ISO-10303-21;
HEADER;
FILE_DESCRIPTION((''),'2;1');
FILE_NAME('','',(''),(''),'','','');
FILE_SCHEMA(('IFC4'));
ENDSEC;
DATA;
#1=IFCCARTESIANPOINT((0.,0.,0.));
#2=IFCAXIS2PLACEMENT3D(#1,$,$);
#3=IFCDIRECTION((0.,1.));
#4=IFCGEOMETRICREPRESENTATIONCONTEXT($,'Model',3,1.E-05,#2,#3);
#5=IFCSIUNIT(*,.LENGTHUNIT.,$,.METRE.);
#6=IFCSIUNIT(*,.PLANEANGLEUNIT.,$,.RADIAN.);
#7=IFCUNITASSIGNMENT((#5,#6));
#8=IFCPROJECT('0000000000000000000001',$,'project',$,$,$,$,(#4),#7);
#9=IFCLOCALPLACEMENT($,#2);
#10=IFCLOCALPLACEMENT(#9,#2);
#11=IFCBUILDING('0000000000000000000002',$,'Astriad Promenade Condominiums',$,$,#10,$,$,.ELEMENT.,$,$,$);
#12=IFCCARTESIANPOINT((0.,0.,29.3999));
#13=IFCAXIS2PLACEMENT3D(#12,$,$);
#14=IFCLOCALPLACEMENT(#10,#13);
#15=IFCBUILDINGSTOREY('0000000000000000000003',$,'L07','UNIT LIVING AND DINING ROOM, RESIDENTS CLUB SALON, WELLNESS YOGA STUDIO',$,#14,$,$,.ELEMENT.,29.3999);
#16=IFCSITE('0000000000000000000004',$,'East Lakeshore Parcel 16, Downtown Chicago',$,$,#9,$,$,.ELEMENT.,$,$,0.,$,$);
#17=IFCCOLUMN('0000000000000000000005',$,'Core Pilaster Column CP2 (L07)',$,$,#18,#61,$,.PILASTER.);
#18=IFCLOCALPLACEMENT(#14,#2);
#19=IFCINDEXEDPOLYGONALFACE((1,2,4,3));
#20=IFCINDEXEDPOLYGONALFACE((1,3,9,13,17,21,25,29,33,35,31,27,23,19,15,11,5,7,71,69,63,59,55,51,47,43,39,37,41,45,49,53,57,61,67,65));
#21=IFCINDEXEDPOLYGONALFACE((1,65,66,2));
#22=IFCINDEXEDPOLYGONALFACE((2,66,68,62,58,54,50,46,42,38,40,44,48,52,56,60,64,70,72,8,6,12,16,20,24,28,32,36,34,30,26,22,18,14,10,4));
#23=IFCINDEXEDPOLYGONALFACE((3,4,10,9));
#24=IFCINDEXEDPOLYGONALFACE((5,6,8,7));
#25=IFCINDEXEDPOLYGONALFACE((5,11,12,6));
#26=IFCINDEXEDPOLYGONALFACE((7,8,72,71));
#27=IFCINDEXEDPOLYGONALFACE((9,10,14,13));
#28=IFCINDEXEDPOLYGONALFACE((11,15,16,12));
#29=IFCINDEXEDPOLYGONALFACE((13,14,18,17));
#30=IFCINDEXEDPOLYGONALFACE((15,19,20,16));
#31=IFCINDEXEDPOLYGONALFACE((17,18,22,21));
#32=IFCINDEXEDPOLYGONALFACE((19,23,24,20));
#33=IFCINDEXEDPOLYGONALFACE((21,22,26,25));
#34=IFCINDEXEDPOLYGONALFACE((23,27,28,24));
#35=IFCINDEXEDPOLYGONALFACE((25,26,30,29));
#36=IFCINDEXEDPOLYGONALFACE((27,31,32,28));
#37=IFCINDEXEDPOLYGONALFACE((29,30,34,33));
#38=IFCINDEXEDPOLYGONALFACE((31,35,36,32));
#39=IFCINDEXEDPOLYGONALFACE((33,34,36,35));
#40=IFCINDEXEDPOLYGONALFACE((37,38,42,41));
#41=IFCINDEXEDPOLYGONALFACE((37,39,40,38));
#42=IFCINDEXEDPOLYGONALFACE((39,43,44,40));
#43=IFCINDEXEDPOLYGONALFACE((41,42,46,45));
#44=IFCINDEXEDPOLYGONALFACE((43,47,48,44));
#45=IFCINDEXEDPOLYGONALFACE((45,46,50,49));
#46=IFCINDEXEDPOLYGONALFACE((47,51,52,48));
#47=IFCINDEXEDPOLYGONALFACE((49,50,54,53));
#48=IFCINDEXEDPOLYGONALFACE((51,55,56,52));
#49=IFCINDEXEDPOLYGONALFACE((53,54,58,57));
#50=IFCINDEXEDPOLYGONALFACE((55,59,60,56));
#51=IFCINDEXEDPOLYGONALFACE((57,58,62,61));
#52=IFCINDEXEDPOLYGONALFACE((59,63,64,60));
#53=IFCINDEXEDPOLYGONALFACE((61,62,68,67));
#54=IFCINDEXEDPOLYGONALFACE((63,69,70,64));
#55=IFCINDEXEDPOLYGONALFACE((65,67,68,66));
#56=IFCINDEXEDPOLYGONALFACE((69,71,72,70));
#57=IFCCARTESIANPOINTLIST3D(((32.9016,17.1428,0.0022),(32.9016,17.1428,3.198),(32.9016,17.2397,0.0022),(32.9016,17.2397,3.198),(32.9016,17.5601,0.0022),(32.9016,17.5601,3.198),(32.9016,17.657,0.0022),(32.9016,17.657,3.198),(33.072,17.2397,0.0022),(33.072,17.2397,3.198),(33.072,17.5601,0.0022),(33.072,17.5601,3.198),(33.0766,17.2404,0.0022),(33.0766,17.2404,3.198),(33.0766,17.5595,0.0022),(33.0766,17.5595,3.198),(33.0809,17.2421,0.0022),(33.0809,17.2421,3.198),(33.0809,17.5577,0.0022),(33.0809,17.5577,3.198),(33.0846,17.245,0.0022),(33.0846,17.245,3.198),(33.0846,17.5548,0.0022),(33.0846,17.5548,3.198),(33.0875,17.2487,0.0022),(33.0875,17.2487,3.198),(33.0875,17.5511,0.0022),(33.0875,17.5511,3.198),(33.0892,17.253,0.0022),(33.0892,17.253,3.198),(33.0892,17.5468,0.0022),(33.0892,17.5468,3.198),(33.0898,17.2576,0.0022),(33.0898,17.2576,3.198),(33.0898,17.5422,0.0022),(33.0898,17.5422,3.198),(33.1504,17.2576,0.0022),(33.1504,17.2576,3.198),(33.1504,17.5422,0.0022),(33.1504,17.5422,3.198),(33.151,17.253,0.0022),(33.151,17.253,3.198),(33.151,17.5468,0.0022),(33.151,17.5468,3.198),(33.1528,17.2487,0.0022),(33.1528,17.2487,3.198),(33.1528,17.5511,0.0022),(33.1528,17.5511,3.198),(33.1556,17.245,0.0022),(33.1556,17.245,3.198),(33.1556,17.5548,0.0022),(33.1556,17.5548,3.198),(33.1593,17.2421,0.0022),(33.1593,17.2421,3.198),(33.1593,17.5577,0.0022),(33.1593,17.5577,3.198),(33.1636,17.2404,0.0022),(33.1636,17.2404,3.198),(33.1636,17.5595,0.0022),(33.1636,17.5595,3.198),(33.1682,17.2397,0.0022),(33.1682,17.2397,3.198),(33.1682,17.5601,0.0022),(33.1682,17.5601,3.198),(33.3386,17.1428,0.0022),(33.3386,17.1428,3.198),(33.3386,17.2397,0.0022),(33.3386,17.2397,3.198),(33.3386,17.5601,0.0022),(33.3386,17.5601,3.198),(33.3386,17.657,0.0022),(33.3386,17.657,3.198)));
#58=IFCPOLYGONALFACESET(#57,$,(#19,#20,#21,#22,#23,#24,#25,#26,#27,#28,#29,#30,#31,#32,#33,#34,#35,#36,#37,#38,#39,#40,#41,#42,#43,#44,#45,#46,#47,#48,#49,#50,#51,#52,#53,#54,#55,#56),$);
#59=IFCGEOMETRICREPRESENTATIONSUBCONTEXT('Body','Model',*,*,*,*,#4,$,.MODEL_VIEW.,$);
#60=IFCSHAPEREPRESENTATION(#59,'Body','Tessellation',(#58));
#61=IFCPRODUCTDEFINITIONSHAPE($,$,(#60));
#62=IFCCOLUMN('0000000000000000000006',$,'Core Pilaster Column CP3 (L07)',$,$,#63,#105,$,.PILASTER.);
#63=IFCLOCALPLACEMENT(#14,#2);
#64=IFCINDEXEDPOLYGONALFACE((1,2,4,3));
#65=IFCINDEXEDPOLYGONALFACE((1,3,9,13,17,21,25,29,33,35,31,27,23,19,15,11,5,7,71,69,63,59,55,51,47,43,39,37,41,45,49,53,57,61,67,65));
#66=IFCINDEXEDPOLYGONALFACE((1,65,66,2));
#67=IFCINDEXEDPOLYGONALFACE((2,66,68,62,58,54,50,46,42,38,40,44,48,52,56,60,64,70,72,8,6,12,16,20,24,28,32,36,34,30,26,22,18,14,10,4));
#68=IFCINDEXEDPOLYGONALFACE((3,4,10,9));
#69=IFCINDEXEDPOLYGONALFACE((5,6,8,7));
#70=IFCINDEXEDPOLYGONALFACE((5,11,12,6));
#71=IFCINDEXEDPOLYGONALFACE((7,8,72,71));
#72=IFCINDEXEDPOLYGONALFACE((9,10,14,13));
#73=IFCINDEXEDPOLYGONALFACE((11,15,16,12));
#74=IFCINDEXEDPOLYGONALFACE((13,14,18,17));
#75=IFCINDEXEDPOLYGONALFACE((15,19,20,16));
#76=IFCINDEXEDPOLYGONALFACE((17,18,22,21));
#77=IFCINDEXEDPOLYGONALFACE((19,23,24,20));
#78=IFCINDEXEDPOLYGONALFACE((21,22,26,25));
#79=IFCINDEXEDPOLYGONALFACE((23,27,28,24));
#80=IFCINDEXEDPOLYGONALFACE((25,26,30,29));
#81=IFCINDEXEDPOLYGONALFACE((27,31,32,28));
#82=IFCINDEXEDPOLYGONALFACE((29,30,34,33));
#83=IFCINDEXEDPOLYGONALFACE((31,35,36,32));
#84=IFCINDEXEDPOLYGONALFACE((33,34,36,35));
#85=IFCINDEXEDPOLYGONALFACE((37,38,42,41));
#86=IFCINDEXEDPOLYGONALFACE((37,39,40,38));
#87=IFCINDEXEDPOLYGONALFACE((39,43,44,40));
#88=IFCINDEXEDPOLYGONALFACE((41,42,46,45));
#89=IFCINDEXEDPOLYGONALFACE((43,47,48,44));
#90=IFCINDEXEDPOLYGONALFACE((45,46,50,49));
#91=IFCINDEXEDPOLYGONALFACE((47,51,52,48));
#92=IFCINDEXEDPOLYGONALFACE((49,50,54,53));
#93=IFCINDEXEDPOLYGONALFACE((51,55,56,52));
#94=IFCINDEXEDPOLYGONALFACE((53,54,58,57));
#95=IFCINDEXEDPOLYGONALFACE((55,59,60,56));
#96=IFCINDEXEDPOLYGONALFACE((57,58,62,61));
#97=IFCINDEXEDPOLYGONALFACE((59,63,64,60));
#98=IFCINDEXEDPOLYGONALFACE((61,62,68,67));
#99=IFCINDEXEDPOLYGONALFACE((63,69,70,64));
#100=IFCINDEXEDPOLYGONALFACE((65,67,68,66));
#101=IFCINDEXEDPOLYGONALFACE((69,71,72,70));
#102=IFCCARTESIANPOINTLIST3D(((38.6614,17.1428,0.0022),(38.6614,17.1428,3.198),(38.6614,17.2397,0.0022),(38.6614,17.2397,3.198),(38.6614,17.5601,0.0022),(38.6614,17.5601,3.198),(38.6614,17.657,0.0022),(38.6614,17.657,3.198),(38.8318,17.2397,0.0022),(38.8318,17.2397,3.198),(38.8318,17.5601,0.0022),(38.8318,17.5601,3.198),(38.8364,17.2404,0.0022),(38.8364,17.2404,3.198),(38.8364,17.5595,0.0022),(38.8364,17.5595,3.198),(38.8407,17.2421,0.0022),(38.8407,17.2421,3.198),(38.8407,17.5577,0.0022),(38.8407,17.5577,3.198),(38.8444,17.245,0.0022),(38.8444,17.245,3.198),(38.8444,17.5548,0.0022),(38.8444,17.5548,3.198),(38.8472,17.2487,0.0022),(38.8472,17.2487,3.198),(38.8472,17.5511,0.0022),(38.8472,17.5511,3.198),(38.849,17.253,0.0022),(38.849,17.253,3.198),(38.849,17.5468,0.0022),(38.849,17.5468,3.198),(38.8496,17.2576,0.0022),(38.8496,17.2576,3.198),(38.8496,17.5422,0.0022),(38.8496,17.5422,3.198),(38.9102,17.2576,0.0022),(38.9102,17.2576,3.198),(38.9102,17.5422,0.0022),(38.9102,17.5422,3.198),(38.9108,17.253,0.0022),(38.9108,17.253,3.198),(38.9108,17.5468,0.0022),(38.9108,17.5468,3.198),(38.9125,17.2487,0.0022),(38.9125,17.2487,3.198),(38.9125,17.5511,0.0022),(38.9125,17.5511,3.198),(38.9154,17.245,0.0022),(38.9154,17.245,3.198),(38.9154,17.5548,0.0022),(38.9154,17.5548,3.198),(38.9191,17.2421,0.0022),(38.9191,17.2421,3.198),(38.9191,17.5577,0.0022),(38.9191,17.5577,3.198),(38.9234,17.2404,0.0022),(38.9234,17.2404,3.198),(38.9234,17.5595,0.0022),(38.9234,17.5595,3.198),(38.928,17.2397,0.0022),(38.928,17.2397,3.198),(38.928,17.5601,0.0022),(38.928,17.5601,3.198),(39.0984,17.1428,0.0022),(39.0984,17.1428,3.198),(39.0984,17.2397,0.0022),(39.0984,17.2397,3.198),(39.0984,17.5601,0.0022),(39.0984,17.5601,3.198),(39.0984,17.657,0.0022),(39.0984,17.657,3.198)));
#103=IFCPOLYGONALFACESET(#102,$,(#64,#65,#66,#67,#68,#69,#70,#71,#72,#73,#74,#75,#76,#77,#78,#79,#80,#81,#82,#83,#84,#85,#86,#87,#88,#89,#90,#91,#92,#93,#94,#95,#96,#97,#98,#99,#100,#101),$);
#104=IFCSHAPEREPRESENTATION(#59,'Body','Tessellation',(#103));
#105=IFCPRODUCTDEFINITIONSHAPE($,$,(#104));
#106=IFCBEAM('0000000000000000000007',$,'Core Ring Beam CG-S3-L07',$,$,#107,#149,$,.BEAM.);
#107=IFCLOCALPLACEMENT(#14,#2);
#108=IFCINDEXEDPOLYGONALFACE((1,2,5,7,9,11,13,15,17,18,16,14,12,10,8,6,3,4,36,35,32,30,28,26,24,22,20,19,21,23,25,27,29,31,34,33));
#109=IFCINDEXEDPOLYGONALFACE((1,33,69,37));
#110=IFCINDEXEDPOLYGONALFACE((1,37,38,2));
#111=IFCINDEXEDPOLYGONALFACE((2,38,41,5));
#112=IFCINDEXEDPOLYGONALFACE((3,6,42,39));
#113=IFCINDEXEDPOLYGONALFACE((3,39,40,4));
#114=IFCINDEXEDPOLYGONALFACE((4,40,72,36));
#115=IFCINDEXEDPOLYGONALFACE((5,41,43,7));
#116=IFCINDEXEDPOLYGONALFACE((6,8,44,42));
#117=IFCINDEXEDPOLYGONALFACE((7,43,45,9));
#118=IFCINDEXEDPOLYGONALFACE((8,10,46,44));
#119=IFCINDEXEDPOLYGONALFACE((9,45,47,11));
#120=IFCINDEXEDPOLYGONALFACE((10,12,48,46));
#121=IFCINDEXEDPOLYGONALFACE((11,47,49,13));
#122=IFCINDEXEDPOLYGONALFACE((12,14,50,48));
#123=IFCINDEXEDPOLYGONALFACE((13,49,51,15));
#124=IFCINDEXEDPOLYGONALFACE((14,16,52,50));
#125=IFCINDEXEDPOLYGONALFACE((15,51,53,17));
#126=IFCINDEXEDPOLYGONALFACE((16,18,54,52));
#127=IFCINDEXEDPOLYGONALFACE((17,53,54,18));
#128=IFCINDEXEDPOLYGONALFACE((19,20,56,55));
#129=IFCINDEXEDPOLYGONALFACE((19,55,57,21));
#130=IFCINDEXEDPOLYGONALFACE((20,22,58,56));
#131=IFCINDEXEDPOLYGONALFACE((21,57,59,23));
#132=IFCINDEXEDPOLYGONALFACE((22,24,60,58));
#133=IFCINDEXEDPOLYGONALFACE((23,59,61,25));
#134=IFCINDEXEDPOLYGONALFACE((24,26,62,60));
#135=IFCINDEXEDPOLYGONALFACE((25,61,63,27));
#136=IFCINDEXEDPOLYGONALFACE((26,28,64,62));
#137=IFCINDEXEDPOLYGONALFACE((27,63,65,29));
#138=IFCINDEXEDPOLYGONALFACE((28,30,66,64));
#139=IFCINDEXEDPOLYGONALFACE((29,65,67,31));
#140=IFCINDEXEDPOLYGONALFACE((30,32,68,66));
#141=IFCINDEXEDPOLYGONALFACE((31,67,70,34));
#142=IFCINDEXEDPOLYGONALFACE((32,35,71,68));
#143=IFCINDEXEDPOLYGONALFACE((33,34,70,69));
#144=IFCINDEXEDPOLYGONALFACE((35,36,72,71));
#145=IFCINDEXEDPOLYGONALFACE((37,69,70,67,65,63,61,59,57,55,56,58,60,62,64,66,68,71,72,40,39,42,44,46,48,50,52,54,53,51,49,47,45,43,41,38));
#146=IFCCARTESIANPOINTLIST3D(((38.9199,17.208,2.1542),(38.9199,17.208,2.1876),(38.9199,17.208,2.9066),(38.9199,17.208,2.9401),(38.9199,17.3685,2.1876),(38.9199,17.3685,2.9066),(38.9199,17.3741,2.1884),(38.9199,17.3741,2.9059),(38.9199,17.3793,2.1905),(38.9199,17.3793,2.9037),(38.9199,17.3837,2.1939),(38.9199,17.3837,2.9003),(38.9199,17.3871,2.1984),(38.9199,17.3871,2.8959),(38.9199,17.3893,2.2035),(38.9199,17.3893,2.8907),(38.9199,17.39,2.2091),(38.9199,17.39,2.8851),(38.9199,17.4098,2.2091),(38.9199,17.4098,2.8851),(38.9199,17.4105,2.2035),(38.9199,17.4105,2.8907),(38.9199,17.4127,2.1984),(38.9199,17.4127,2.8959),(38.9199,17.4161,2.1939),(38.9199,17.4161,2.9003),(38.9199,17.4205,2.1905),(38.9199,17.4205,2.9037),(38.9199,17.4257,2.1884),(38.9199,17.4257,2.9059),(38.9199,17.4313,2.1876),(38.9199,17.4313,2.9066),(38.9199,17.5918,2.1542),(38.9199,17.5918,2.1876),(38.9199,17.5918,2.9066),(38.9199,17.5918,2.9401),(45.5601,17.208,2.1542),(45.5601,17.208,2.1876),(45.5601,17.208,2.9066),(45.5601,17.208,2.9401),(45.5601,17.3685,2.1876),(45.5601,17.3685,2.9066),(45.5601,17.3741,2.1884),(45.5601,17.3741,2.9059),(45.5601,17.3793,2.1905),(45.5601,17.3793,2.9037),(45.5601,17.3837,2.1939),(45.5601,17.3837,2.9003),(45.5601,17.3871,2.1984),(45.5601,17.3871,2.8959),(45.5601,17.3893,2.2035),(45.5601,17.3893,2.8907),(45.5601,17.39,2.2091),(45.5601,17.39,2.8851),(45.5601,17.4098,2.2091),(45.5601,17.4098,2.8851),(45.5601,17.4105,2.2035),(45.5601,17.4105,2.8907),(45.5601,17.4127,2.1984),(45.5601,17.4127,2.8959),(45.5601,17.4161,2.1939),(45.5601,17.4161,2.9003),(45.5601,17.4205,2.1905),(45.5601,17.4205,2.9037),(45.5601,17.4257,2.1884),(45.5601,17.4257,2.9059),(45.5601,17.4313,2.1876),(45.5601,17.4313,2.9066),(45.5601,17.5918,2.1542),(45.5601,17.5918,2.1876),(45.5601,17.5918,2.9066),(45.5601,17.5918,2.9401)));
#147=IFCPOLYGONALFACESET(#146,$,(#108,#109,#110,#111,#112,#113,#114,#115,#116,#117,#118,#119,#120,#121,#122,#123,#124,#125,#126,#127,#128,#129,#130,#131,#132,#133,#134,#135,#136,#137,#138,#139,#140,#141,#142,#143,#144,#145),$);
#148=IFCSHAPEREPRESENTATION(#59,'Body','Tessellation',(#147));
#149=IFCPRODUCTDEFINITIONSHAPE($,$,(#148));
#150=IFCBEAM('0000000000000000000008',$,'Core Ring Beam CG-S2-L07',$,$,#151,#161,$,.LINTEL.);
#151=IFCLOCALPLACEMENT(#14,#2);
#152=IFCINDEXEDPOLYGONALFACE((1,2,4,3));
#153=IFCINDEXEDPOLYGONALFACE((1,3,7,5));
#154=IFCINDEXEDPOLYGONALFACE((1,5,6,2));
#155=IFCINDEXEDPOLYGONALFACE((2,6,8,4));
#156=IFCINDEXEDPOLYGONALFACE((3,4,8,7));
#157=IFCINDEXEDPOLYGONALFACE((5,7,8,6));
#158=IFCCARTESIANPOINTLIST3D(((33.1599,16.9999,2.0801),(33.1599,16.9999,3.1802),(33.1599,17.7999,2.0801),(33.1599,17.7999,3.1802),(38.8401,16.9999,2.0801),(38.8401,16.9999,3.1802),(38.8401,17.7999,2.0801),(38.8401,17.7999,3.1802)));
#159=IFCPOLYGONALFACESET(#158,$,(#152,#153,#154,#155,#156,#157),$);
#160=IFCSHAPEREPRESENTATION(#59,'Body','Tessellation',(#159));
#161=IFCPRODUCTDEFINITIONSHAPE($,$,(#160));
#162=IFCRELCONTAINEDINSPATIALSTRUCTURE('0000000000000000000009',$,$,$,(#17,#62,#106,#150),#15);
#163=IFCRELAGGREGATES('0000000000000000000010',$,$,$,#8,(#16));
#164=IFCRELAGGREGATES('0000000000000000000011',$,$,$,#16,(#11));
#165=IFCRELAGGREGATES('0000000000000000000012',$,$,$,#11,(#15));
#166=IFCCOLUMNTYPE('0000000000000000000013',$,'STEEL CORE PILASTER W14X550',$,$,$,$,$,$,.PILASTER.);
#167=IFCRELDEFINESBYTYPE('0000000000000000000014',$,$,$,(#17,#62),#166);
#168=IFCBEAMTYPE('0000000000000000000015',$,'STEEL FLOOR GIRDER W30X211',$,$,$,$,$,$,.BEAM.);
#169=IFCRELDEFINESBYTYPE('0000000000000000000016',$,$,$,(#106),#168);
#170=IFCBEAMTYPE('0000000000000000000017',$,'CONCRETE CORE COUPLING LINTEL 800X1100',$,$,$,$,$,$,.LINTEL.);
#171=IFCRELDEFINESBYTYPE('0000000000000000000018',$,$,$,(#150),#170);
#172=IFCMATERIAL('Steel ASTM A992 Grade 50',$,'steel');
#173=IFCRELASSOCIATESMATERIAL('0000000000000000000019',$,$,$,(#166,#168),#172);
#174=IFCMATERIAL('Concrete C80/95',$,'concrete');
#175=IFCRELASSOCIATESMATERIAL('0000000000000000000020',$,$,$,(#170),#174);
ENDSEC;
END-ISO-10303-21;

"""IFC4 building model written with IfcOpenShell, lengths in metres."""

from ifc_helpers import new_model, si_unit, direction, frame, origin, origin_2d, place, context, subcontext, project, spatial, rectangle, i_section, extrude, source, transform, mapped, material, material_profile, profile_set, type_object, type_shapes, element, save


model = new_model("IFC4")

# Units and contexts
model_context = context("Model", 3, precision=1e-05, world=origin(), true_north=direction((0.0, 1.0)))
body_context = subcontext(model_context, "Body", "Model", "MODEL_VIEW")
ifc_project = project(units=[si_unit("LENGTHUNIT", "METRE"), si_unit("PLANEANGLEUNIT", "RADIAN")], contexts=[model_context])

# Site, building, storey
site_placement = place(None, origin())
site = spatial("IfcSite", under=ifc_project, at=site_placement, Name="East Lakeshore Parcel 16, Downtown Chicago", CompositionType="ELEMENT", RefElevation=0.0)
building_placement = place(site_placement, origin())
building = spatial("IfcBuilding", under=site, at=building_placement, Name="Astriad Promenade Condominiums", CompositionType="ELEMENT")
storey_placement = place(building_placement, frame((0.0, 0.0, 29.3999)))
storey = spatial("IfcBuildingStorey", under=building, at=storey_placement, Name="L07", Description="UNIT LIVING AND DINING ROOM, RESIDENTS CLUB SALON, WELLNESS YOGA STUDIO", CompositionType="ELEMENT", Elevation=29.3999)

# Columns
ifc_material_1 = material(Name="Steel ASTM A992 Grade 50", Category="steel")
ifc_material_profile_1 = material_profile(ifc_material_1, i_section(OverallWidth=0.437, OverallDepth=0.5142, WebThickness=0.0605, FlangeThickness=0.0969, FilletRadius=0.0178, at=origin_2d()), Name="W14X550")
ifc_profile_set_1 = profile_set([ifc_material_profile_1], Name="Steel ASTM A992 Grade 50")
column_type = type_object("IfcColumnType", Name="STEEL CORE PILASTER W14X550", PredefinedType="PILASTER", material=ifc_profile_set_1)
shared_shape_1 = source(origin(), body_context, "Body", "SweptSolid", [
    extrude(i_section(OverallWidth=0.437, OverallDepth=0.5142, WebThickness=0.0605, FlangeThickness=0.0969, FilletRadius=0.0178, at=origin_2d()), origin(), (0.0, 0.0, 1.0), 3.1958),
])
type_shapes(column_type, [shared_shape_1])
for number, where, z_axis, x_axis, name in (
    (1, (33.1201, 17.3999, 0.0022), (0.0, 0.0, 1.0), (1.0, 0.0, 0.0), "Core Pilaster Column CP2 (L07)"),
    (2, (38.8799, 17.3999, 0.0022), (0.0, 0.0, 1.0), (1.0, 0.0, 0.0), "Core Pilaster Column CP3 (L07)"),
):
    element("IfcColumn", number, at=place(storey_placement, frame(where, z_axis=z_axis, x_axis=x_axis)), inside=storey, type_object=column_type, Name=name, PredefinedType="PILASTER", context=body_context, shape_type="MappedRepresentation", body=[
        mapped(shared_shape_1, transform((0.0, 0.0, 0.0), scale=1.0)),
    ])

# Beams
ifc_material_profile_2 = material_profile(ifc_material_1, i_section(OverallWidth=0.3838, OverallDepth=0.7859, WebThickness=0.0198, FlangeThickness=0.0334, FilletRadius=0.0215, at=origin_2d()), Name="W30X211")
ifc_profile_set_2 = profile_set([ifc_material_profile_2], Name="Steel ASTM A992 Grade 50")
beam_type_1 = type_object("IfcBeamType", Name="STEEL FLOOR GIRDER W30X211", PredefinedType="BEAM", material=ifc_profile_set_2)
shared_shape_2 = source(origin(), body_context, "Body", "SweptSolid", [
    extrude(i_section(OverallWidth=0.3838, OverallDepth=0.7859, WebThickness=0.0198, FlangeThickness=0.0334, FilletRadius=0.0215, at=origin_2d()), origin(), (0.0, 0.0, 1.0), 6.6401),
])
beam_1_placement = place(storey_placement, frame((38.9199, 17.3999, 2.5471), z_axis=(1.0, 0.0, 0.0), x_axis=(0.0, 1.0, 0.0)))
element("IfcBeam", 3, at=beam_1_placement, inside=storey, type_object=beam_type_1, Name="Core Ring Beam CG-S3-L07", PredefinedType="BEAM", context=body_context, shape_type="MappedRepresentation", body=[
    mapped(shared_shape_2, transform((0.0, 0.0, 0.0), scale=1.0)),
])
ifc_material_2 = material(Name="Concrete C80/95", Category="concrete")
ifc_material_profile_3 = material_profile(ifc_material_2, rectangle(XDim=0.8, YDim=1.1001, at=origin_2d()), Name="RC-BM-800X1100")
ifc_profile_set_3 = profile_set([ifc_material_profile_3], Name="Concrete C80/95")
beam_type_2 = type_object("IfcBeamType", Name="CONCRETE CORE COUPLING LINTEL 800X1100", PredefinedType="LINTEL", material=ifc_profile_set_3)
shared_shape_3 = source(origin(), body_context, "Body", "SweptSolid", [
    extrude(rectangle(XDim=0.8, YDim=1.1001, at=origin_2d()), origin(), (0.0, 0.0, 1.0), 5.6802),
])
type_shapes(beam_type_2, [shared_shape_3])
beam_2_placement = place(storey_placement, frame((33.1599, 17.3999, 2.6301), z_axis=(1.0, 0.0, 0.0), x_axis=(0.0, 1.0, 0.0)))
element("IfcBeam", 4, at=beam_2_placement, inside=storey, type_object=beam_type_2, Name="Core Ring Beam CG-S2-L07", PredefinedType="LINTEL", context=body_context, shape_type="MappedRepresentation", body=[
    mapped(shared_shape_3, transform((0.0, 0.0, 0.0), scale=1.0)),
])

save(model, "model.ifc")
